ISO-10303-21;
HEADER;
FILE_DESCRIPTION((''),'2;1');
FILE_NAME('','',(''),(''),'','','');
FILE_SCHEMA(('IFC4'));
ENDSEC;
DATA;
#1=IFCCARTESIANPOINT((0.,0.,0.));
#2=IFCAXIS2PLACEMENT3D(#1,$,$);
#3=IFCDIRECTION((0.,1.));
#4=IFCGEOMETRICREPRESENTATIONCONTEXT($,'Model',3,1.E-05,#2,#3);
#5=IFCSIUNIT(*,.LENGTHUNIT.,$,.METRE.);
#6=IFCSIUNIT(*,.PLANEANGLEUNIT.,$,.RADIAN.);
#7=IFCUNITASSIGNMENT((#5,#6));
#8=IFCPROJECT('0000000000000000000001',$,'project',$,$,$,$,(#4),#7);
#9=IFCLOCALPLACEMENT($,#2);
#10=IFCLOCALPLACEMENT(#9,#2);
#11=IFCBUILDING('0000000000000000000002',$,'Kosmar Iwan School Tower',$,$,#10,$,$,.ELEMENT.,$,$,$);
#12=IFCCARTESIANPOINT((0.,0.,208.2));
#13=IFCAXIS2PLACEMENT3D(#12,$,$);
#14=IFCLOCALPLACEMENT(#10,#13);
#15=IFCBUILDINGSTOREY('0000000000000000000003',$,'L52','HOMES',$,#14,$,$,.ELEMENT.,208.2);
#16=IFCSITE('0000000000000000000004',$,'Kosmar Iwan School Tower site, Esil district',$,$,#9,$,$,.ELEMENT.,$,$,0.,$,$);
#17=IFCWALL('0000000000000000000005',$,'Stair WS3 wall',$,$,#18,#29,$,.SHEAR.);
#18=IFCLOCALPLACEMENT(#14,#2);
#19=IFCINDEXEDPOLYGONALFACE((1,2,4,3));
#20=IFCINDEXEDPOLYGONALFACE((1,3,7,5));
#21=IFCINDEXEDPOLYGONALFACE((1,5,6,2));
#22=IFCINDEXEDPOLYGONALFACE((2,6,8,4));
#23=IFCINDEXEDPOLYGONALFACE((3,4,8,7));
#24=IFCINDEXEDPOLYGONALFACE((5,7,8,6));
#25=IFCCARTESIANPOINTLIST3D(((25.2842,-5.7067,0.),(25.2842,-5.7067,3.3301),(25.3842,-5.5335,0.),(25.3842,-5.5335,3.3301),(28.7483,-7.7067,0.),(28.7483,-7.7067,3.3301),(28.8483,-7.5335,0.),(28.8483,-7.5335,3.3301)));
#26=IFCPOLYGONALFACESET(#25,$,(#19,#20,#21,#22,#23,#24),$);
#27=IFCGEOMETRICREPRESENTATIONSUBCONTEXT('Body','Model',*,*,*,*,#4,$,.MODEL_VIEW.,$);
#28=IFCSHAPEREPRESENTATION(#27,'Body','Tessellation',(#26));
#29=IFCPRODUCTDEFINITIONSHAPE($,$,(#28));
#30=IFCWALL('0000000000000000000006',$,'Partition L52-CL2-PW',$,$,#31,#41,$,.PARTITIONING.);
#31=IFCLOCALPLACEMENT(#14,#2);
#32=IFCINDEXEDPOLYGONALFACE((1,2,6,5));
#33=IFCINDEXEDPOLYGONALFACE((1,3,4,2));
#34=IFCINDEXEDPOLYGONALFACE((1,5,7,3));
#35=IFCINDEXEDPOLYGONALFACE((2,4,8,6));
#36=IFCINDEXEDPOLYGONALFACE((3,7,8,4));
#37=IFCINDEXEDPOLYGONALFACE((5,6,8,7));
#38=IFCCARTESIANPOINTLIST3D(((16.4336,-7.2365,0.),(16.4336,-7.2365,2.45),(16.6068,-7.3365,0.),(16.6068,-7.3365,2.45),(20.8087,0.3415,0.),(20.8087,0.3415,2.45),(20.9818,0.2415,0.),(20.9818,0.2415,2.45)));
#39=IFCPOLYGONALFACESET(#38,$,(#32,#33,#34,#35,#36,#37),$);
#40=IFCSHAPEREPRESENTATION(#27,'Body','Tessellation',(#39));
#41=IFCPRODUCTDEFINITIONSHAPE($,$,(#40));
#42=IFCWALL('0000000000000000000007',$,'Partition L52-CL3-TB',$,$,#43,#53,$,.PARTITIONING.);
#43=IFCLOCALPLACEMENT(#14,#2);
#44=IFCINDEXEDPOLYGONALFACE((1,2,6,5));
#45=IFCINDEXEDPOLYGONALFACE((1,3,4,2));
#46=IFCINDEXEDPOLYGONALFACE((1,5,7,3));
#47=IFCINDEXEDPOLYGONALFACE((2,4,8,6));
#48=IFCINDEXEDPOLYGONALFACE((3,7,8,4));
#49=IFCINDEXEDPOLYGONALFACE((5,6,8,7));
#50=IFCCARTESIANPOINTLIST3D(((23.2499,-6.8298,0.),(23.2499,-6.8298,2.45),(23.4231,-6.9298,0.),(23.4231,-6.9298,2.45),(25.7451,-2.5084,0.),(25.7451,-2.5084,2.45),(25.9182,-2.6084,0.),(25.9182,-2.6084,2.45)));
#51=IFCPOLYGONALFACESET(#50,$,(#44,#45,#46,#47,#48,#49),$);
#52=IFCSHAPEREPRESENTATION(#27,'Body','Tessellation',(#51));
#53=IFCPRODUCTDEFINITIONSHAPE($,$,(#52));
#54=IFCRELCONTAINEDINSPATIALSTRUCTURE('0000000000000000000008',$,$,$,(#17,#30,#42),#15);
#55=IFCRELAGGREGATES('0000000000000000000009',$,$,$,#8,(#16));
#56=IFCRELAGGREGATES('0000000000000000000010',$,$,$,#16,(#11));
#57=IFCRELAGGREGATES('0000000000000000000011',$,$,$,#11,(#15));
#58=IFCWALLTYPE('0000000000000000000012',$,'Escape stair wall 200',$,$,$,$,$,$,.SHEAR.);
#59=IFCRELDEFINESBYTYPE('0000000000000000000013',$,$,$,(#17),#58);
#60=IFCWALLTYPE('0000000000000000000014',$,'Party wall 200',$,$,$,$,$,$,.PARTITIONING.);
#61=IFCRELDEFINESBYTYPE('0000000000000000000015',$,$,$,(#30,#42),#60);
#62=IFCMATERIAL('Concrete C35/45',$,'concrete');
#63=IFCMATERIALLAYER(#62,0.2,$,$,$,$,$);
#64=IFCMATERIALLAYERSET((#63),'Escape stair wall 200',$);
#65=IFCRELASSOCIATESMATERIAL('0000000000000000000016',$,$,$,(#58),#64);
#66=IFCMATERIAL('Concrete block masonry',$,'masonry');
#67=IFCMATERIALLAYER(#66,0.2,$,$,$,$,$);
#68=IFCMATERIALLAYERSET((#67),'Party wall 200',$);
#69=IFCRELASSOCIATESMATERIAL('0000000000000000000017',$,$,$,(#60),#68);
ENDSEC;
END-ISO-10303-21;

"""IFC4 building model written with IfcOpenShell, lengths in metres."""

from ifc_helpers import new_model, si_unit, direction, frame, frame_2d, origin, place, context, subcontext, project, spatial, rectangle, extrude, material, layer, layer_set, type_object, element, save


model = new_model("IFC4")

# Units and contexts
model_context = context("Model", 3, precision=1e-05, world=origin(), true_north=direction((0.0, 1.0)))
body_context = subcontext(model_context, "Body", "Model", "MODEL_VIEW")
ifc_project = project(units=[si_unit("LENGTHUNIT", "METRE"), si_unit("PLANEANGLEUNIT", "RADIAN")], contexts=[model_context])

# Site, building, storey
site_placement = place(None, origin())
site = spatial("IfcSite", under=ifc_project, at=site_placement, Name="Kosmar Iwan School Tower site, Esil district", CompositionType="ELEMENT", RefElevation=0.0)
building_placement = place(site_placement, origin())
building = spatial("IfcBuilding", under=site, at=building_placement, Name="Kosmar Iwan School Tower", CompositionType="ELEMENT")
storey_placement = place(building_placement, frame((0.0, 0.0, 208.2)))
storey = spatial("IfcBuildingStorey", under=building, at=storey_placement, Name="L52", Description="HOMES", CompositionType="ELEMENT", Elevation=208.2)

# Walls
ifc_material_1 = material(Name="Concrete C35/45", Category="concrete")
ifc_layer_1 = layer(ifc_material_1, 0.2)
ifc_layer_set_1 = layer_set([ifc_layer_1], Name="Escape stair wall 200")
wall_type_1 = type_object("IfcWallType", Name="Escape stair wall 200", PredefinedType="SHEAR", material=ifc_layer_set_1)
wall_1_placement = place(storey_placement, frame((25.3342, -5.6201, 0.0), z_axis=(0.0, 0.0, 1.0), x_axis=(0.866026, -0.499999, 0.0)))
element("IfcWall", 1, at=wall_1_placement, inside=storey, type_object=wall_type_1, Name="Stair WS3 wall", PredefinedType="SHEAR", context=body_context, shape_type="SweptSolid", body=[
    extrude(rectangle(XDim=4.0, YDim=0.2, at=frame_2d((2.0, 0.0))), origin(), (0.0, 0.0, 1.0), 3.3301),
])
ifc_material_2 = material(Name="Concrete block masonry", Category="masonry")
ifc_layer_2 = layer(ifc_material_2, 0.2)
ifc_layer_set_2 = layer_set([ifc_layer_2], Name="Party wall 200")
wall_type_2 = type_object("IfcWallType", Name="Party wall 200", PredefinedType="PARTITIONING", material=ifc_layer_set_2)
wall_2_placement = place(storey_placement, frame((16.5203, -7.2864, 0.0), z_axis=(0.0, 0.0, 1.0), x_axis=(0.499992, 0.86603, 0.0)))
element("IfcWall", 2, at=wall_2_placement, inside=storey, type_object=wall_type_2, Name="Partition L52-CL2-PW", PredefinedType="PARTITIONING", context=body_context, shape_type="SweptSolid", body=[
    extrude(rectangle(XDim=8.7502, YDim=0.2, at=frame_2d((4.375, 0.0))), origin(), (0.0, 0.0, 1.0), 2.45),
])
wall_3_placement = place(storey_placement, frame((23.3364, -6.8799, 0.0), z_axis=(0.0, 0.0, 1.0), x_axis=(0.500033, 0.866006, 0.0)))
element("IfcWall", 3, at=wall_3_placement, inside=storey, type_object=wall_type_2, Name="Partition L52-CL3-TB", PredefinedType="PARTITIONING", context=body_context, shape_type="SweptSolid", body=[
    extrude(rectangle(XDim=4.99, YDim=0.2, at=frame_2d((2.4951, 0.0))), origin(), (0.0, 0.0, 1.0), 2.45),
])

save(model, "model.ifc")
